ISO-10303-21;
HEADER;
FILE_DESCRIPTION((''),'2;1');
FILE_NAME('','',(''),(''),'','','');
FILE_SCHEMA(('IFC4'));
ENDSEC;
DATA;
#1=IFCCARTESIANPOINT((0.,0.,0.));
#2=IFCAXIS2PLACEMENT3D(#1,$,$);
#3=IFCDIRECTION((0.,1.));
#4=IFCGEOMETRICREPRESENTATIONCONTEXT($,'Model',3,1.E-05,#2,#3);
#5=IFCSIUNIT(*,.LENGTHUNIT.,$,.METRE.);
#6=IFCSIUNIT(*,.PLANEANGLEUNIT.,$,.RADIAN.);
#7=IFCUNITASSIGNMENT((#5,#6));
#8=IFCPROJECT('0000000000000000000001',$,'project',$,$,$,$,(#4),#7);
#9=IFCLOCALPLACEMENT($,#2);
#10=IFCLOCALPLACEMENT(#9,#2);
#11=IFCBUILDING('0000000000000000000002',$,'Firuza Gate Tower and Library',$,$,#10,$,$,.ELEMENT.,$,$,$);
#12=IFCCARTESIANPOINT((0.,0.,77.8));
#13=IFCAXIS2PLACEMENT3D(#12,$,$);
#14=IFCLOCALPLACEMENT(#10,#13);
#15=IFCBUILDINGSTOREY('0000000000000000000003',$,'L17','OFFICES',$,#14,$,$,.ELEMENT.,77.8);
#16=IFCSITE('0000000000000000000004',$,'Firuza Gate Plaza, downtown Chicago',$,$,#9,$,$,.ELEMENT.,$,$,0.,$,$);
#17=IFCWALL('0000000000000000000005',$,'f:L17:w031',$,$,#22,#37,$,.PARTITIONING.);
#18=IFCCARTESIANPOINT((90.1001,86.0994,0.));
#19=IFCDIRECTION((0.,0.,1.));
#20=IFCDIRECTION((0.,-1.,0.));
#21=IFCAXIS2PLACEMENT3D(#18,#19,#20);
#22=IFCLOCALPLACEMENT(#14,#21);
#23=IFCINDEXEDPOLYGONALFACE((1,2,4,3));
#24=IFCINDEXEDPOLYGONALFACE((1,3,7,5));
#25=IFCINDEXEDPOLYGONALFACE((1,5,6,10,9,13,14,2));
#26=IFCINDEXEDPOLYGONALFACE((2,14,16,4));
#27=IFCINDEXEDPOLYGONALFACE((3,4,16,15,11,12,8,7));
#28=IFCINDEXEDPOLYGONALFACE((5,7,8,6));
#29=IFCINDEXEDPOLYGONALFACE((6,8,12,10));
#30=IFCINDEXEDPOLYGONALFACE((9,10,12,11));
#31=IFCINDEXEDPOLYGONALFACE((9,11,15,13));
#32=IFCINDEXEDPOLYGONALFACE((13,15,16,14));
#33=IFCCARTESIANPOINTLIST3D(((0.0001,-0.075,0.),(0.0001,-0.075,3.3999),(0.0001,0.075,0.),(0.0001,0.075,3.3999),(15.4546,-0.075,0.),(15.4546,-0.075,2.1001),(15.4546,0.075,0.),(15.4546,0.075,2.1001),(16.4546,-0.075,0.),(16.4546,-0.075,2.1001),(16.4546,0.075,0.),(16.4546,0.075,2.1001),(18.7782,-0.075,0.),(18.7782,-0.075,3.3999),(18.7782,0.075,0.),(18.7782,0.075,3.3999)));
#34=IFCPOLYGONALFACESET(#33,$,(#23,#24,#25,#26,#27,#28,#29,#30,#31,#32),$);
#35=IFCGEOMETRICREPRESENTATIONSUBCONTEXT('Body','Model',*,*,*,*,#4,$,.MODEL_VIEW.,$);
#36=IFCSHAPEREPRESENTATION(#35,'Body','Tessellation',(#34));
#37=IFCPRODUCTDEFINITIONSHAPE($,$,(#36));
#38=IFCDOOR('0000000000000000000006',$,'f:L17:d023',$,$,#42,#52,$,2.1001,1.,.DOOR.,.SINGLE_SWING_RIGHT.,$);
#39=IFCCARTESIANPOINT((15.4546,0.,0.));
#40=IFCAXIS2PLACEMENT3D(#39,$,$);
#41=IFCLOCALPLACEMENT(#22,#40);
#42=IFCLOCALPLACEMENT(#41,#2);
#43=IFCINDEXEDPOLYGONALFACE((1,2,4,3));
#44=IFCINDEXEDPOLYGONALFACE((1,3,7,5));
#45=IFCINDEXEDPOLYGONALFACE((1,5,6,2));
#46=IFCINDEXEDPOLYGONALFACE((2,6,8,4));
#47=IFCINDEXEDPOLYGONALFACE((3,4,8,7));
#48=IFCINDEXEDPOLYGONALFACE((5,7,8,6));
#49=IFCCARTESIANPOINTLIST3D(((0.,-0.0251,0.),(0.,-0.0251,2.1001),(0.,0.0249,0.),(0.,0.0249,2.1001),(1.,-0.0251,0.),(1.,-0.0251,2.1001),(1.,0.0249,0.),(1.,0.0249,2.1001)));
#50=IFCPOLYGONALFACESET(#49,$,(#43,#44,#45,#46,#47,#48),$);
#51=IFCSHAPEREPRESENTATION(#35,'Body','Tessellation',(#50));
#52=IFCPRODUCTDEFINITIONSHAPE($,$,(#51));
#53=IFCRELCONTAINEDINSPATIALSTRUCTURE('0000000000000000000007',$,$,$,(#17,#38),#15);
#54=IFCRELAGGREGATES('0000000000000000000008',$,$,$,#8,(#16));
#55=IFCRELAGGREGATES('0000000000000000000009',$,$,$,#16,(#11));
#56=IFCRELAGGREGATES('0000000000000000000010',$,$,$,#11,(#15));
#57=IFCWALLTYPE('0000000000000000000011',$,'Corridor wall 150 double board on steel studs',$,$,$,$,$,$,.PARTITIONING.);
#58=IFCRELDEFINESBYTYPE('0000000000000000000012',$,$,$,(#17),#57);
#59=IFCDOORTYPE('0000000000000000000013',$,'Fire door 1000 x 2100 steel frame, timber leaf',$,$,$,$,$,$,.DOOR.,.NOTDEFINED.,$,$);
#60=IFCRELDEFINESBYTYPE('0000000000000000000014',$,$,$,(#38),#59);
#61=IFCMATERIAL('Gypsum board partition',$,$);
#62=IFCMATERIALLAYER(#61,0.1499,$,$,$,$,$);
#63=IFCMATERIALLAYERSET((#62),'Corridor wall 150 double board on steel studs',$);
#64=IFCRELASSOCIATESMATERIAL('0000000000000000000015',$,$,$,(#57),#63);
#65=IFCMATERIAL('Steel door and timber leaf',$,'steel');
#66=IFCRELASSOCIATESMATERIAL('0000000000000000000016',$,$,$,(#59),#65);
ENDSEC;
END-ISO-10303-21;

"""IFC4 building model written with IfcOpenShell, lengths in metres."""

from ifc_helpers import new_model, si_unit, direction, frame, frame_2d, origin, place, context, subcontext, project, spatial, rectangle, extrude, material, layer, layer_set, type_object, element, fill, save


model = new_model("IFC4")

# Units and contexts
model_context = context("Model", 3, precision=1e-05, world=origin(), true_north=direction((0.0, 1.0)))
body_context = subcontext(model_context, "Body", "Model", "MODEL_VIEW")
ifc_project = project(units=[si_unit("LENGTHUNIT", "METRE"), si_unit("PLANEANGLEUNIT", "RADIAN")], contexts=[model_context])

# Site, building, storey
site_placement = place(None, origin())
site = spatial("IfcSite", under=ifc_project, at=site_placement, Name="Firuza Gate Plaza, downtown Chicago", CompositionType="ELEMENT", RefElevation=0.0)
building_placement = place(site_placement, origin())
building = spatial("IfcBuilding", under=site, at=building_placement, Name="Firuza Gate Tower and Library", CompositionType="ELEMENT")
storey_placement = place(building_placement, frame((0.0, 0.0, 77.8)))
storey = spatial("IfcBuildingStorey", under=building, at=storey_placement, Name="L17", Description="OFFICES", CompositionType="ELEMENT", Elevation=77.8)

# Wall, opening, door
ifc_material_1 = material(Name="Gypsum board partition")
ifc_layer_1 = layer(ifc_material_1, 0.1499)
ifc_layer_set_1 = layer_set([ifc_layer_1], Name="Corridor wall 150 double board on steel studs")
wall_type_1 = type_object("IfcWallType", Name="Corridor wall 150 double board on steel studs", PredefinedType="PARTITIONING", material=ifc_layer_set_1)
wall_1_placement = place(storey_placement, frame((90.1001, 86.0994, 0.0), z_axis=(0.0, 0.0, 1.0), x_axis=(0.0, -1.0, 0.0)))
wall_1 = element("IfcWall", 1, at=wall_1_placement, inside=storey, type_object=wall_type_1, Name="f:L17:w031", PredefinedType="PARTITIONING", context=body_context, shape_type="SweptSolid", body=[
    extrude(rectangle(XDim=18.7781, YDim=0.1499, at=frame_2d((9.3892, 0.0))), origin(), (0.0, 0.0, 1.0), 3.3999),
])
opening_1_placement = place(wall_1_placement, frame((15.4546, 0.0, 0.0)))
opening_1 = element("IfcOpeningElement", 2, at=opening_1_placement, cuts=wall_1, PredefinedType="OPENING", context=body_context, shape_type="SweptSolid", body=[
    extrude(rectangle(XDim=1.0, YDim=2.1001, at=frame_2d((0.5, 1.05))), frame((0.0, 0.085, 0.0), z_axis=(0.0, -1.0, 0.0), x_axis=(1.0, 0.0, 0.0)), (0.0, 0.0, 1.0), 0.1699),
])
ifc_material_2 = material(Name="Steel door and timber leaf", Category="steel")
door_type_1 = type_object("IfcDoorType", Name="Fire door 1000 x 2100 steel frame, timber leaf", OperationType="NOTDEFINED", PredefinedType="DOOR", material=ifc_material_2)
door_1_placement = place(opening_1_placement, origin())
door_1 = element("IfcDoor", 3, at=door_1_placement, inside=storey, type_object=door_type_1, Name="f:L17:d023", OperationType="SINGLE_SWING_RIGHT", OverallHeight=2.1001, OverallWidth=1.0, PredefinedType="DOOR", context=body_context, shape_type="SweptSolid", body=[
    extrude(rectangle(XDim=1.0, YDim=2.1001, at=frame_2d((0.5, 1.05))), frame((0.0, 0.0249, 0.0), z_axis=(0.0, -1.0, 0.0), x_axis=(1.0, 0.0, 0.0)), (0.0, 0.0, 1.0), 0.05),
])
fill(opening_1, door_1)

save(model, "model.ifc")
